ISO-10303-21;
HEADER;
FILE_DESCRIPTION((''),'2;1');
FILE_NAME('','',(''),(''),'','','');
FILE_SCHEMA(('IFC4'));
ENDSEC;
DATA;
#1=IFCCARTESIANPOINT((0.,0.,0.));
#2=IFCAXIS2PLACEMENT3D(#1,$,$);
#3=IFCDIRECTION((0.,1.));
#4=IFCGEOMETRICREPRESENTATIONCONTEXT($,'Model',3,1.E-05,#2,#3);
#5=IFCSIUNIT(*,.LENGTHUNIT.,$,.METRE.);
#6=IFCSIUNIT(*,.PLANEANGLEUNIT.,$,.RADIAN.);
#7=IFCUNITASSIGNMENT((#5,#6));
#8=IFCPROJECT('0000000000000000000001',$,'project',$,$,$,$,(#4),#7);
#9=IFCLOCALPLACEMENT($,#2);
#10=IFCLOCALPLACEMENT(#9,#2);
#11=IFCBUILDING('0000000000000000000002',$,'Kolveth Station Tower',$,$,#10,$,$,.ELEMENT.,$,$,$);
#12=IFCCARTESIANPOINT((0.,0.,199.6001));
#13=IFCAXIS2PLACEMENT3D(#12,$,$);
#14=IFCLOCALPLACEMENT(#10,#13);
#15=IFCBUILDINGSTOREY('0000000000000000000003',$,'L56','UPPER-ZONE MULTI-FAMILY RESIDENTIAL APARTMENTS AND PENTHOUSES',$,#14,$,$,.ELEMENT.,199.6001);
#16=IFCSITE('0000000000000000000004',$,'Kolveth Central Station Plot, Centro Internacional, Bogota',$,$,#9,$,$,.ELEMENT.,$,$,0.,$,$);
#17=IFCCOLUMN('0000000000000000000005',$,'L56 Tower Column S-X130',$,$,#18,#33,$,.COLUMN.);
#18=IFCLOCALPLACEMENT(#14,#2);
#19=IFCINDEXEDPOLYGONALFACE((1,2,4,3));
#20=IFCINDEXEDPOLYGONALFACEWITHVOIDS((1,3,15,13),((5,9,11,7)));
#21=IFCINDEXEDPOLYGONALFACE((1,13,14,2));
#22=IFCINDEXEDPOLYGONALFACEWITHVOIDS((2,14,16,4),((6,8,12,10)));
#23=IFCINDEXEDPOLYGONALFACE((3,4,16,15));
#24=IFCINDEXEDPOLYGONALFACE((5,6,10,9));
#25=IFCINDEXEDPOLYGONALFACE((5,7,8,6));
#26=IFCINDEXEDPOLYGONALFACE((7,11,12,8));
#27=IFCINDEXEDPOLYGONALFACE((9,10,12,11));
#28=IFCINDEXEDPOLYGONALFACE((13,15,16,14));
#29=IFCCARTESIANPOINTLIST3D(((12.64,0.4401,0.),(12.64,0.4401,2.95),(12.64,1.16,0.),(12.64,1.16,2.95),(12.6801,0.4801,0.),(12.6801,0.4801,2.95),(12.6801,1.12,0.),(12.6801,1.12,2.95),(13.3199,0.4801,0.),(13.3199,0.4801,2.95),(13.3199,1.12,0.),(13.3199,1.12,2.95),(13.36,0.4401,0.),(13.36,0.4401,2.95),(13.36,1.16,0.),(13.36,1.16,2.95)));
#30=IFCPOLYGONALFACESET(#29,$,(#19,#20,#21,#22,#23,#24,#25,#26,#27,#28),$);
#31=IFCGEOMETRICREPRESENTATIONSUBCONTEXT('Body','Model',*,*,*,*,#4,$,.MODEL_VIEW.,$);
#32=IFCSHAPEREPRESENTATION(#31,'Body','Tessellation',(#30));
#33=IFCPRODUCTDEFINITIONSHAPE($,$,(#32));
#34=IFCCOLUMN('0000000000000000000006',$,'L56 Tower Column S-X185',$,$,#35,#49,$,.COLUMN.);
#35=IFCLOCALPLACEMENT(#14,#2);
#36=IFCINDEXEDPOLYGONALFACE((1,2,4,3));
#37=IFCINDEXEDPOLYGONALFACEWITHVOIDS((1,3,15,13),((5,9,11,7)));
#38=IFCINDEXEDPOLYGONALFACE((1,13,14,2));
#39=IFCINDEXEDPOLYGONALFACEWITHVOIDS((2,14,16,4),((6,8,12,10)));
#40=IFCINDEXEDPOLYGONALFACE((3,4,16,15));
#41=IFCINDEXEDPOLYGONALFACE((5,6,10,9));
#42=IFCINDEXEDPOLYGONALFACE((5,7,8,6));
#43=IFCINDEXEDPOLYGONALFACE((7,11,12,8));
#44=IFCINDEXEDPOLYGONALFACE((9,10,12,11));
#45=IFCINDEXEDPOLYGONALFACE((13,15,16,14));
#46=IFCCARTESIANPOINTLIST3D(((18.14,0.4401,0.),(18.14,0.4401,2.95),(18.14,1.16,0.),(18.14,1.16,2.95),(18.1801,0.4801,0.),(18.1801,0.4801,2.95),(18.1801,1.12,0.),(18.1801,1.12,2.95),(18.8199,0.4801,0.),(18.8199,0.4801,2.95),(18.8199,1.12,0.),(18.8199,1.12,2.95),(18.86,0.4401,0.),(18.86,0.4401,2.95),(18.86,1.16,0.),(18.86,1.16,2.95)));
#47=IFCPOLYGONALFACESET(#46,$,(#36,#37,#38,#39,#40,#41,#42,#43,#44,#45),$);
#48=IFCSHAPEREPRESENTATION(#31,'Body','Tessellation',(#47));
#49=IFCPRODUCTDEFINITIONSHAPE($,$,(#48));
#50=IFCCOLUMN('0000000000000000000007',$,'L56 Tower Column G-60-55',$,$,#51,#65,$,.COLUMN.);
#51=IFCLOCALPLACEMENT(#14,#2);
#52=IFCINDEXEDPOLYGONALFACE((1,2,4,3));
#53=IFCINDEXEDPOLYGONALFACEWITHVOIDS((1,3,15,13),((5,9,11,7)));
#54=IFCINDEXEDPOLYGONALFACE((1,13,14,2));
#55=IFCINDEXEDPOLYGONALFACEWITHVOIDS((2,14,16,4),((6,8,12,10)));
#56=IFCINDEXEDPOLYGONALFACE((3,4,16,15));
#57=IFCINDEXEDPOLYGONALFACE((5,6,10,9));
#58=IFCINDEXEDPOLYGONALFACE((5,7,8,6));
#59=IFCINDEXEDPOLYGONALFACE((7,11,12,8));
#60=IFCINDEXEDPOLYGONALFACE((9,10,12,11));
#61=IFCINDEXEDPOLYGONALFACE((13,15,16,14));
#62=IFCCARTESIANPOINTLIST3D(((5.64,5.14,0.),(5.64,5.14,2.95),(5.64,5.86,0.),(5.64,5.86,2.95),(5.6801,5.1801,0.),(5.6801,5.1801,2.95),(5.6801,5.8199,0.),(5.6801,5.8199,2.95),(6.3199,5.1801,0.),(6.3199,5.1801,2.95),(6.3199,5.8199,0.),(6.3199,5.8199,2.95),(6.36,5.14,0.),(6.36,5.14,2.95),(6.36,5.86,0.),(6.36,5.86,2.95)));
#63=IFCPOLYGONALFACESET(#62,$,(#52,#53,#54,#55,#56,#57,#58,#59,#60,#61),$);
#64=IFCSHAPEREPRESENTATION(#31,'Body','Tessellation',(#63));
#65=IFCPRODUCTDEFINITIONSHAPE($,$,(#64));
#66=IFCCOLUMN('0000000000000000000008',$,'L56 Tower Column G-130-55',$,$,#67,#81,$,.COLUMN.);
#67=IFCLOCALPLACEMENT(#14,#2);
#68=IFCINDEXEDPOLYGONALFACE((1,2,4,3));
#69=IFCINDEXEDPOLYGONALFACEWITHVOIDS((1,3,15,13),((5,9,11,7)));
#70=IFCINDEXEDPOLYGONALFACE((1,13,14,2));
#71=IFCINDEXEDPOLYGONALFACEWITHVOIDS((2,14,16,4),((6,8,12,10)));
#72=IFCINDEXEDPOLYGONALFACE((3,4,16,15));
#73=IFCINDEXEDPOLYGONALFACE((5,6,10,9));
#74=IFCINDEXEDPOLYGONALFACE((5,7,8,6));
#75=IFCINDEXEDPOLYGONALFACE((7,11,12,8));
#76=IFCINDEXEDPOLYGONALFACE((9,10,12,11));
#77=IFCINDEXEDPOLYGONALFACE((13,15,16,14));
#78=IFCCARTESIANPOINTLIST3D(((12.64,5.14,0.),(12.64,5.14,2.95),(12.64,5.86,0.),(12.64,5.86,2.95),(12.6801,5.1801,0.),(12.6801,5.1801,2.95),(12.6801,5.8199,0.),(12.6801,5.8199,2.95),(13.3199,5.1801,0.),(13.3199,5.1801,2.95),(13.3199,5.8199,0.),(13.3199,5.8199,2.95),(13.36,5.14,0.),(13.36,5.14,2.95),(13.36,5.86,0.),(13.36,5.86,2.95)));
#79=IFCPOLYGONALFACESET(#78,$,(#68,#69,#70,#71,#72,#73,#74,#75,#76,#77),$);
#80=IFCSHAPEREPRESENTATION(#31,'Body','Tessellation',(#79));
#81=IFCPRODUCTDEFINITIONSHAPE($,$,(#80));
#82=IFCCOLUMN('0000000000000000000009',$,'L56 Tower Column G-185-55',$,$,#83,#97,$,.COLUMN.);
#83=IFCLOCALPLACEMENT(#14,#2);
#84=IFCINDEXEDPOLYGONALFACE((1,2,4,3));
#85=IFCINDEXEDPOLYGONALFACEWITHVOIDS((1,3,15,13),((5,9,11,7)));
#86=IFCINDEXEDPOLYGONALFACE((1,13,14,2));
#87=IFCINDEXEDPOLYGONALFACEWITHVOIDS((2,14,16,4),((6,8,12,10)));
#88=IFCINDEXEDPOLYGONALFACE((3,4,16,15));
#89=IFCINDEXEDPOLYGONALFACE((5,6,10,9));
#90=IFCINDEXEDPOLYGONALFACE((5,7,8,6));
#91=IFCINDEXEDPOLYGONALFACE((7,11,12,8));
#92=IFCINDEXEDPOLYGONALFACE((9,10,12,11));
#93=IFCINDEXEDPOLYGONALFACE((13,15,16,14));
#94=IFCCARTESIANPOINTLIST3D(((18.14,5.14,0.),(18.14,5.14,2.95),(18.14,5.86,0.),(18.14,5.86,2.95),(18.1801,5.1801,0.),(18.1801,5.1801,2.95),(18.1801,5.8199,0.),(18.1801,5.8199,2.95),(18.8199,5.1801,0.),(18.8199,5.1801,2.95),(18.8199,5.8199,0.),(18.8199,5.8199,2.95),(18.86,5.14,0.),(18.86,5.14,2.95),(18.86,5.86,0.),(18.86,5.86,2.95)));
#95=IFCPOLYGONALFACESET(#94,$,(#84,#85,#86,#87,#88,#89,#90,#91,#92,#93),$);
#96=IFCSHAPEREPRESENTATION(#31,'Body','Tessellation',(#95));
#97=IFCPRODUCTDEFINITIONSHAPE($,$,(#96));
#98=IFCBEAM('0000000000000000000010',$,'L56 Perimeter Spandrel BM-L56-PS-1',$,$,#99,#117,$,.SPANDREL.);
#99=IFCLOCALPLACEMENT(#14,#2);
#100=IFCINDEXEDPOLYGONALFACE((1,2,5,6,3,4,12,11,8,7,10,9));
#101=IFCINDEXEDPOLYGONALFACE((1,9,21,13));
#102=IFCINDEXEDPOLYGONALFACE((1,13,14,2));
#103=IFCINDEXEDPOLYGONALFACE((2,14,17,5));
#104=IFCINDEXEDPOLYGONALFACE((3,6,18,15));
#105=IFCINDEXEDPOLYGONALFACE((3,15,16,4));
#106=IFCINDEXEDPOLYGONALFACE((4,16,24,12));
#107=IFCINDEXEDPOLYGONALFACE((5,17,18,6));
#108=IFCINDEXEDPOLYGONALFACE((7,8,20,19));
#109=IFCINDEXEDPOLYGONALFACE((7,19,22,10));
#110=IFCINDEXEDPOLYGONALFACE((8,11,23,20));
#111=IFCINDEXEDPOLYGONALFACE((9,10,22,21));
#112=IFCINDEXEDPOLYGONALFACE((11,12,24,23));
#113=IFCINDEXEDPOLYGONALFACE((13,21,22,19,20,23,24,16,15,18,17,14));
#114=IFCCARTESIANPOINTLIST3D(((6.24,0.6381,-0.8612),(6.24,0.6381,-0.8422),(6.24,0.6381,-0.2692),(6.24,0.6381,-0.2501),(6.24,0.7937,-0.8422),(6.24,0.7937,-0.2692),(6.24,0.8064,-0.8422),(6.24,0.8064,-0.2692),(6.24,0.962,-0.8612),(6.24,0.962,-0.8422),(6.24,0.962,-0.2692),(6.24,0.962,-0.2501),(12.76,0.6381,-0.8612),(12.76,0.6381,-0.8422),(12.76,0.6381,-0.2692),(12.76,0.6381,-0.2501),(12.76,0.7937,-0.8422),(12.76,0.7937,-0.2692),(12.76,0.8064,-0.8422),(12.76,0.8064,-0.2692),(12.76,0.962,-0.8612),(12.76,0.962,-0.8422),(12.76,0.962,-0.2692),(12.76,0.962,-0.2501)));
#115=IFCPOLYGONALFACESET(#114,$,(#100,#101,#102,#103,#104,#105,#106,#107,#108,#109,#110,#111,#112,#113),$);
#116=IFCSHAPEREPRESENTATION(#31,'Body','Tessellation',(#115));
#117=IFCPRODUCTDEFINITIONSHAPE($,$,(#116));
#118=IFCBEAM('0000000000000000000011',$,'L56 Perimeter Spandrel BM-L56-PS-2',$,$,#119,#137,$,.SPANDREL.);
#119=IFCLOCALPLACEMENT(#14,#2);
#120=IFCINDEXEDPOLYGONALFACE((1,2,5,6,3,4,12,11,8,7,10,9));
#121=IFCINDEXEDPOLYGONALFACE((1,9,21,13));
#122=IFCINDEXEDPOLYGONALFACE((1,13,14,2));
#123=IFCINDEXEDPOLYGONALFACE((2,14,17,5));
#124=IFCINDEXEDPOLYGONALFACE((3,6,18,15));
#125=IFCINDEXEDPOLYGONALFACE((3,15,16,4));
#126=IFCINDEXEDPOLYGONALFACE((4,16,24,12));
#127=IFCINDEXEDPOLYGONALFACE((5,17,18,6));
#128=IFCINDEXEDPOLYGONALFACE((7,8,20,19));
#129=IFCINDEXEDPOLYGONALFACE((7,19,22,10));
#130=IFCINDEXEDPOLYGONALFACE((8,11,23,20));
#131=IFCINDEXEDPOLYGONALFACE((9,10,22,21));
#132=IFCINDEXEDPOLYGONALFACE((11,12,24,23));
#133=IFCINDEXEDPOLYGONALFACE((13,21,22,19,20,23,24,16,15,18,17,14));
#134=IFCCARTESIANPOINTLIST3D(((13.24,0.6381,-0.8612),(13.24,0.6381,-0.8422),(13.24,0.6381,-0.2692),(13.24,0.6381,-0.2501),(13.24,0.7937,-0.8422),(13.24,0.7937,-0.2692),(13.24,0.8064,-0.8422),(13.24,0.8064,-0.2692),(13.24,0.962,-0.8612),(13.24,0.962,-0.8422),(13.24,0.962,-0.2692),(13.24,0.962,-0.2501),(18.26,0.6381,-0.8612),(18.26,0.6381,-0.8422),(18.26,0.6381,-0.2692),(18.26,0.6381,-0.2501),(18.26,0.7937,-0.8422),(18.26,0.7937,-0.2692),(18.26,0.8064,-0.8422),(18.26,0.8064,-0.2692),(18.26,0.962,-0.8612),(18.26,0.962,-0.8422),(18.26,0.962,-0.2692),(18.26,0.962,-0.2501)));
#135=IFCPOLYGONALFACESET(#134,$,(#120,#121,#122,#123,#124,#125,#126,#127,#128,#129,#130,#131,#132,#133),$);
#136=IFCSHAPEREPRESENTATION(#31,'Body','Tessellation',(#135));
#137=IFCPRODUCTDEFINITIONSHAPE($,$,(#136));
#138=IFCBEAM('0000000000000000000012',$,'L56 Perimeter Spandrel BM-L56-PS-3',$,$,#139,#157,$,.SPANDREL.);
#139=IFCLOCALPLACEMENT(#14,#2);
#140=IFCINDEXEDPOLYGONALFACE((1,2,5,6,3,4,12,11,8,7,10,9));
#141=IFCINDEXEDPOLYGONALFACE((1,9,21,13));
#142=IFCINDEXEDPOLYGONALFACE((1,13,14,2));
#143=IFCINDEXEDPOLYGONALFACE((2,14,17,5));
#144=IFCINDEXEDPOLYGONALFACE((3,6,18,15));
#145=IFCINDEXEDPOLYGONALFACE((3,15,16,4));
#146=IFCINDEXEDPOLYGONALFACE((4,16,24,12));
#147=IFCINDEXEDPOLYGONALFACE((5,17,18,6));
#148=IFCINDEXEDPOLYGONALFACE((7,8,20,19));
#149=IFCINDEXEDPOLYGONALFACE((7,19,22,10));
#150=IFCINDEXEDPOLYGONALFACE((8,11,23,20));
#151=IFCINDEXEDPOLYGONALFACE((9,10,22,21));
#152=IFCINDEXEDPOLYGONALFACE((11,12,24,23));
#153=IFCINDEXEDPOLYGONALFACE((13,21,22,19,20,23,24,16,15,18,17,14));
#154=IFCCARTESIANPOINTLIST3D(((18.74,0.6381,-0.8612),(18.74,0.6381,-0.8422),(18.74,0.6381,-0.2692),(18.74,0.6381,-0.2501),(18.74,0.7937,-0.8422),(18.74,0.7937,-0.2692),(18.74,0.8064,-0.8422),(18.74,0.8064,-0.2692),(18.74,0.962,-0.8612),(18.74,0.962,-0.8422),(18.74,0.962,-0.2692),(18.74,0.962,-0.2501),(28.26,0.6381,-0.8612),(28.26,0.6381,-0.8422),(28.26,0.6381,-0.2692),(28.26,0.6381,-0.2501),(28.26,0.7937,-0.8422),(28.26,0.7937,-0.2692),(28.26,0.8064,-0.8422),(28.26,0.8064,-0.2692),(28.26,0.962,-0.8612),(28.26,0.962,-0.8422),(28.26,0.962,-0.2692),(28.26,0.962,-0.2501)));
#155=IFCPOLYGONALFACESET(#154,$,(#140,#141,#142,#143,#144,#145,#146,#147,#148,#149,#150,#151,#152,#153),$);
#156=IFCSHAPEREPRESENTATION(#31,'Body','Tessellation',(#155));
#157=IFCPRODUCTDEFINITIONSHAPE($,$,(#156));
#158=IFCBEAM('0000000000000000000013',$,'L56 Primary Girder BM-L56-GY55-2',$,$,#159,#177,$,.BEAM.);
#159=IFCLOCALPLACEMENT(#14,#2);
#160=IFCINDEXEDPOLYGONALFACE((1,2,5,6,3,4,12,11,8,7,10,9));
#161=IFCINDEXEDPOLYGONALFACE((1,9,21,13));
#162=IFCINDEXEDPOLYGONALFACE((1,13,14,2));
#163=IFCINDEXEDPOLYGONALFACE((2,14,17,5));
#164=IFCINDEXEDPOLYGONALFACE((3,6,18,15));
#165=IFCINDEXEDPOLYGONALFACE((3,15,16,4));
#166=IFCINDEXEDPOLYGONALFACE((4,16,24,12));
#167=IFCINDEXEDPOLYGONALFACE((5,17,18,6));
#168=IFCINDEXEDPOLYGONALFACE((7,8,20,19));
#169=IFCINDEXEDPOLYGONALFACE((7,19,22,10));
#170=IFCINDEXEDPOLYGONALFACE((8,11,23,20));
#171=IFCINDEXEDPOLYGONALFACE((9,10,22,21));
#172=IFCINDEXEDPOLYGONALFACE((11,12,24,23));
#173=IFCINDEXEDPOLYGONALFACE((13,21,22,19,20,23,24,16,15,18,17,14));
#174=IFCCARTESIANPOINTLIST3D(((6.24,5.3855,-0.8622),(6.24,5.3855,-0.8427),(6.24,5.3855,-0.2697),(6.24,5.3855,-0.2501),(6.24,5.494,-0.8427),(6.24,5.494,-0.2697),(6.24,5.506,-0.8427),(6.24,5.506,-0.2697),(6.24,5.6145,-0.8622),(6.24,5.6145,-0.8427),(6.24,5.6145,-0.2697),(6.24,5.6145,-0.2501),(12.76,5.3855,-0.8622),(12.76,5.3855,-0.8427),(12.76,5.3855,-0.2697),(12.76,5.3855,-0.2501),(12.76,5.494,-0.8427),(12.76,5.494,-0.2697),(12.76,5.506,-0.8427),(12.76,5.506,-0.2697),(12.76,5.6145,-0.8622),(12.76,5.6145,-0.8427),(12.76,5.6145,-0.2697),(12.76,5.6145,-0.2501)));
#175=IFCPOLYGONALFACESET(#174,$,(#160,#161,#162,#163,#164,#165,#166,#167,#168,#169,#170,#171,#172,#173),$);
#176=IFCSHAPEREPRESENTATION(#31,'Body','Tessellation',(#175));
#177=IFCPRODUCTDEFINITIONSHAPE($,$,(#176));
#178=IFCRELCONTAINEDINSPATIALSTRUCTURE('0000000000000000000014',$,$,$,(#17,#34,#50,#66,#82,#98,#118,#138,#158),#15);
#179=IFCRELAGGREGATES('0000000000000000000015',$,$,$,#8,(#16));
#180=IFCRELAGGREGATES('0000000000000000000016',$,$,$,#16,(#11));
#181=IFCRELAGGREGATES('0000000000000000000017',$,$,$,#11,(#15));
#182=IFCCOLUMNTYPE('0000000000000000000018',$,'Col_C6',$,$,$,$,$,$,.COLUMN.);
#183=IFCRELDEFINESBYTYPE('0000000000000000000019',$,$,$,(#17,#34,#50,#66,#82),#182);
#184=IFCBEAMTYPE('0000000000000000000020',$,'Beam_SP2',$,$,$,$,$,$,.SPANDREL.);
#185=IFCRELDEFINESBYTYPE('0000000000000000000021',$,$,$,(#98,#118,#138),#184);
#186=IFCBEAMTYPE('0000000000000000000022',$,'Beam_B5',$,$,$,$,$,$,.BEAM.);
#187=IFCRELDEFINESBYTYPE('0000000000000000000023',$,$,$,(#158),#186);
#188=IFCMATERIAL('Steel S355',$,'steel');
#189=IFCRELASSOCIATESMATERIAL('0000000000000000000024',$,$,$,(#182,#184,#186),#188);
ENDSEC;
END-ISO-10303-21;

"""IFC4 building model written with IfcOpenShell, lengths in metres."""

from ifc_helpers import new_model, si_unit, direction, frame, origin, origin_2d, place, context, subcontext, project, spatial, hollow_rectangle, i_section, extrude, source, transform, mapped, material, material_profile, profile_set, type_object, element, save


model = new_model("IFC4")

# Units and contexts
model_context = context("Model", 3, precision=1e-05, world=origin(), true_north=direction((0.0, 1.0)))
body_context = subcontext(model_context, "Body", "Model", "MODEL_VIEW")
ifc_project = project(units=[si_unit("LENGTHUNIT", "METRE"), si_unit("PLANEANGLEUNIT", "RADIAN")], contexts=[model_context])

# Site, building, storey
site_placement = place(None, origin())
site = spatial("IfcSite", under=ifc_project, at=site_placement, Name="Kolveth Central Station Plot, Centro Internacional, Bogota", CompositionType="ELEMENT", RefElevation=0.0)
building_placement = place(site_placement, origin())
building = spatial("IfcBuilding", under=site, at=building_placement, Name="Kolveth Station Tower", CompositionType="ELEMENT")
storey_placement = place(building_placement, frame((0.0, 0.0, 199.6001)))
storey = spatial("IfcBuildingStorey", under=building, at=storey_placement, Name="L56", Description="UPPER-ZONE MULTI-FAMILY RESIDENTIAL APARTMENTS AND PENTHOUSES", CompositionType="ELEMENT", Elevation=199.6001)

# Columns
ifc_material_1 = material(Name="Steel S355", Category="steel")
ifc_material_profile_1 = material_profile(ifc_material_1, hollow_rectangle(XDim=0.72, YDim=0.72, WallThickness=0.04, at=origin_2d()), Name="BOX720x720x40")
ifc_profile_set_1 = profile_set([ifc_material_profile_1], Name="Steel S355")
column_type = type_object("IfcColumnType", Name="Col_C6", PredefinedType="COLUMN", material=ifc_profile_set_1)
shared_shape_1 = source(origin(), body_context, "Body", "SweptSolid", [
    extrude(hollow_rectangle(XDim=0.72, YDim=0.72, WallThickness=0.04, at=origin_2d()), origin(), (0.0, 0.0, 1.0), 2.95),
])
for number, where, z_axis, x_axis, name in (
    (1, (13.0, 0.8, 0.0), (0.0, 0.0, 1.0), (1.0, 0.0, 0.0), "L56 Tower Column S-X130"),
    (2, (18.5, 0.8, 0.0), (0.0, 0.0, 1.0), (1.0, 0.0, 0.0), "L56 Tower Column S-X185"),
    (3, (6.0, 5.5, 0.0), (0.0, 0.0, 1.0), (1.0, 0.0, 0.0), "L56 Tower Column G-60-55"),
    (4, (13.0, 5.5, 0.0), (0.0, 0.0, 1.0), (1.0, 0.0, 0.0), "L56 Tower Column G-130-55"),
    (5, (18.5, 5.5, 0.0), (0.0, 0.0, 1.0), (1.0, 0.0, 0.0), "L56 Tower Column G-185-55"),
):
    element("IfcColumn", number, at=place(storey_placement, frame(where, z_axis=z_axis, x_axis=x_axis)), inside=storey, type_object=column_type, Name=name, PredefinedType="COLUMN", context=body_context, shape_type="MappedRepresentation", body=[
        mapped(shared_shape_1, transform((0.0, 0.0, 0.0), x_axis=(1.0, 0.0, 0.0), y_axis=(0.0, 1.0, 0.0), z_axis=(0.0, 0.0, 1.0), scale=1.0)),
    ])

# Beams
ifc_material_profile_2 = material_profile(ifc_material_1, i_section(OverallWidth=0.324, OverallDepth=0.6111, WebThickness=0.0127, FlangeThickness=0.019, at=origin_2d()), Name="W610x155")
ifc_profile_set_2 = profile_set([ifc_material_profile_2], Name="Steel S355")
beam_type_1 = type_object("IfcBeamType", Name="Beam_SP2", PredefinedType="SPANDREL", material=ifc_profile_set_2)
shared_shape_2 = source(origin(), body_context, "Body", "SweptSolid", [
    extrude(i_section(OverallWidth=0.324, OverallDepth=0.6111, WebThickness=0.0127, FlangeThickness=0.019, at=origin_2d()), origin(), (0.0, 0.0, 1.0), 6.52),
])
beam_1_placement = place(storey_placement, frame((6.24, 0.8, -0.5557), z_axis=(1.0, 0.0, 0.0), x_axis=(0.0, 1.0, 0.0)))
element("IfcBeam", 6, at=beam_1_placement, inside=storey, type_object=beam_type_1, Name="L56 Perimeter Spandrel BM-L56-PS-1", PredefinedType="SPANDREL", context=body_context, shape_type="MappedRepresentation", body=[
    mapped(shared_shape_2, transform((0.0, 0.0, 0.0), x_axis=(1.0, 0.0, 0.0), y_axis=(0.0, 1.0, 0.0), z_axis=(0.0, 0.0, 1.0), scale=1.0)),
])
shared_shape_3 = source(origin(), body_context, "Body", "SweptSolid", [
    extrude(i_section(OverallWidth=0.324, OverallDepth=0.6111, WebThickness=0.0127, FlangeThickness=0.019, at=origin_2d()), origin(), (0.0, 0.0, 1.0), 5.02),
])
beam_2_placement = place(storey_placement, frame((13.24, 0.8, -0.5557), z_axis=(1.0, 0.0, 0.0), x_axis=(0.0, 1.0, 0.0)))
element("IfcBeam", 7, at=beam_2_placement, inside=storey, type_object=beam_type_1, Name="L56 Perimeter Spandrel BM-L56-PS-2", PredefinedType="SPANDREL", context=body_context, shape_type="MappedRepresentation", body=[
    mapped(shared_shape_3, transform((0.0, 0.0, 0.0), x_axis=(1.0, 0.0, 0.0), y_axis=(0.0, 1.0, 0.0), z_axis=(0.0, 0.0, 1.0), scale=1.0)),
])
shared_shape_4 = source(origin(), body_context, "Body", "SweptSolid", [
    extrude(i_section(OverallWidth=0.324, OverallDepth=0.6111, WebThickness=0.0127, FlangeThickness=0.019, at=origin_2d()), origin(), (0.0, 0.0, 1.0), 9.52),
])
beam_3_placement = place(storey_placement, frame((18.74, 0.8, -0.5557), z_axis=(1.0, 0.0, 0.0), x_axis=(0.0, 1.0, 0.0)))
element("IfcBeam", 8, at=beam_3_placement, inside=storey, type_object=beam_type_1, Name="L56 Perimeter Spandrel BM-L56-PS-3", PredefinedType="SPANDREL", context=body_context, shape_type="MappedRepresentation", body=[
    mapped(shared_shape_4, transform((0.0, 0.0, 0.0), x_axis=(1.0, 0.0, 0.0), y_axis=(0.0, 1.0, 0.0), z_axis=(0.0, 0.0, 1.0), scale=1.0)),
])
ifc_material_profile_3 = material_profile(ifc_material_1, i_section(OverallWidth=0.229, OverallDepth=0.6121, WebThickness=0.012, FlangeThickness=0.0195, at=origin_2d()), Name="W610x125")
ifc_profile_set_3 = profile_set([ifc_material_profile_3], Name="Steel S355")
beam_type_2 = type_object("IfcBeamType", Name="Beam_B5", PredefinedType="BEAM", material=ifc_profile_set_3)
shared_shape_5 = source(origin(), body_context, "Body", "SweptSolid", [
    extrude(i_section(OverallWidth=0.229, OverallDepth=0.6121, WebThickness=0.012, FlangeThickness=0.0195, at=origin_2d()), origin(), (0.0, 0.0, 1.0), 6.52),
])
beam_4_placement = place(storey_placement, frame((6.24, 5.5, -0.5562), z_axis=(1.0, 0.0, 0.0), x_axis=(0.0, 1.0, 0.0)))
element("IfcBeam", 9, at=beam_4_placement, inside=storey, type_object=beam_type_2, Name="L56 Primary Girder BM-L56-GY55-2", PredefinedType="BEAM", context=body_context, shape_type="MappedRepresentation", body=[
    mapped(shared_shape_5, transform((0.0, 0.0, 0.0), x_axis=(1.0, 0.0, 0.0), y_axis=(0.0, 1.0, 0.0), z_axis=(0.0, 0.0, 1.0), scale=1.0)),
])

save(model, "model.ifc")
